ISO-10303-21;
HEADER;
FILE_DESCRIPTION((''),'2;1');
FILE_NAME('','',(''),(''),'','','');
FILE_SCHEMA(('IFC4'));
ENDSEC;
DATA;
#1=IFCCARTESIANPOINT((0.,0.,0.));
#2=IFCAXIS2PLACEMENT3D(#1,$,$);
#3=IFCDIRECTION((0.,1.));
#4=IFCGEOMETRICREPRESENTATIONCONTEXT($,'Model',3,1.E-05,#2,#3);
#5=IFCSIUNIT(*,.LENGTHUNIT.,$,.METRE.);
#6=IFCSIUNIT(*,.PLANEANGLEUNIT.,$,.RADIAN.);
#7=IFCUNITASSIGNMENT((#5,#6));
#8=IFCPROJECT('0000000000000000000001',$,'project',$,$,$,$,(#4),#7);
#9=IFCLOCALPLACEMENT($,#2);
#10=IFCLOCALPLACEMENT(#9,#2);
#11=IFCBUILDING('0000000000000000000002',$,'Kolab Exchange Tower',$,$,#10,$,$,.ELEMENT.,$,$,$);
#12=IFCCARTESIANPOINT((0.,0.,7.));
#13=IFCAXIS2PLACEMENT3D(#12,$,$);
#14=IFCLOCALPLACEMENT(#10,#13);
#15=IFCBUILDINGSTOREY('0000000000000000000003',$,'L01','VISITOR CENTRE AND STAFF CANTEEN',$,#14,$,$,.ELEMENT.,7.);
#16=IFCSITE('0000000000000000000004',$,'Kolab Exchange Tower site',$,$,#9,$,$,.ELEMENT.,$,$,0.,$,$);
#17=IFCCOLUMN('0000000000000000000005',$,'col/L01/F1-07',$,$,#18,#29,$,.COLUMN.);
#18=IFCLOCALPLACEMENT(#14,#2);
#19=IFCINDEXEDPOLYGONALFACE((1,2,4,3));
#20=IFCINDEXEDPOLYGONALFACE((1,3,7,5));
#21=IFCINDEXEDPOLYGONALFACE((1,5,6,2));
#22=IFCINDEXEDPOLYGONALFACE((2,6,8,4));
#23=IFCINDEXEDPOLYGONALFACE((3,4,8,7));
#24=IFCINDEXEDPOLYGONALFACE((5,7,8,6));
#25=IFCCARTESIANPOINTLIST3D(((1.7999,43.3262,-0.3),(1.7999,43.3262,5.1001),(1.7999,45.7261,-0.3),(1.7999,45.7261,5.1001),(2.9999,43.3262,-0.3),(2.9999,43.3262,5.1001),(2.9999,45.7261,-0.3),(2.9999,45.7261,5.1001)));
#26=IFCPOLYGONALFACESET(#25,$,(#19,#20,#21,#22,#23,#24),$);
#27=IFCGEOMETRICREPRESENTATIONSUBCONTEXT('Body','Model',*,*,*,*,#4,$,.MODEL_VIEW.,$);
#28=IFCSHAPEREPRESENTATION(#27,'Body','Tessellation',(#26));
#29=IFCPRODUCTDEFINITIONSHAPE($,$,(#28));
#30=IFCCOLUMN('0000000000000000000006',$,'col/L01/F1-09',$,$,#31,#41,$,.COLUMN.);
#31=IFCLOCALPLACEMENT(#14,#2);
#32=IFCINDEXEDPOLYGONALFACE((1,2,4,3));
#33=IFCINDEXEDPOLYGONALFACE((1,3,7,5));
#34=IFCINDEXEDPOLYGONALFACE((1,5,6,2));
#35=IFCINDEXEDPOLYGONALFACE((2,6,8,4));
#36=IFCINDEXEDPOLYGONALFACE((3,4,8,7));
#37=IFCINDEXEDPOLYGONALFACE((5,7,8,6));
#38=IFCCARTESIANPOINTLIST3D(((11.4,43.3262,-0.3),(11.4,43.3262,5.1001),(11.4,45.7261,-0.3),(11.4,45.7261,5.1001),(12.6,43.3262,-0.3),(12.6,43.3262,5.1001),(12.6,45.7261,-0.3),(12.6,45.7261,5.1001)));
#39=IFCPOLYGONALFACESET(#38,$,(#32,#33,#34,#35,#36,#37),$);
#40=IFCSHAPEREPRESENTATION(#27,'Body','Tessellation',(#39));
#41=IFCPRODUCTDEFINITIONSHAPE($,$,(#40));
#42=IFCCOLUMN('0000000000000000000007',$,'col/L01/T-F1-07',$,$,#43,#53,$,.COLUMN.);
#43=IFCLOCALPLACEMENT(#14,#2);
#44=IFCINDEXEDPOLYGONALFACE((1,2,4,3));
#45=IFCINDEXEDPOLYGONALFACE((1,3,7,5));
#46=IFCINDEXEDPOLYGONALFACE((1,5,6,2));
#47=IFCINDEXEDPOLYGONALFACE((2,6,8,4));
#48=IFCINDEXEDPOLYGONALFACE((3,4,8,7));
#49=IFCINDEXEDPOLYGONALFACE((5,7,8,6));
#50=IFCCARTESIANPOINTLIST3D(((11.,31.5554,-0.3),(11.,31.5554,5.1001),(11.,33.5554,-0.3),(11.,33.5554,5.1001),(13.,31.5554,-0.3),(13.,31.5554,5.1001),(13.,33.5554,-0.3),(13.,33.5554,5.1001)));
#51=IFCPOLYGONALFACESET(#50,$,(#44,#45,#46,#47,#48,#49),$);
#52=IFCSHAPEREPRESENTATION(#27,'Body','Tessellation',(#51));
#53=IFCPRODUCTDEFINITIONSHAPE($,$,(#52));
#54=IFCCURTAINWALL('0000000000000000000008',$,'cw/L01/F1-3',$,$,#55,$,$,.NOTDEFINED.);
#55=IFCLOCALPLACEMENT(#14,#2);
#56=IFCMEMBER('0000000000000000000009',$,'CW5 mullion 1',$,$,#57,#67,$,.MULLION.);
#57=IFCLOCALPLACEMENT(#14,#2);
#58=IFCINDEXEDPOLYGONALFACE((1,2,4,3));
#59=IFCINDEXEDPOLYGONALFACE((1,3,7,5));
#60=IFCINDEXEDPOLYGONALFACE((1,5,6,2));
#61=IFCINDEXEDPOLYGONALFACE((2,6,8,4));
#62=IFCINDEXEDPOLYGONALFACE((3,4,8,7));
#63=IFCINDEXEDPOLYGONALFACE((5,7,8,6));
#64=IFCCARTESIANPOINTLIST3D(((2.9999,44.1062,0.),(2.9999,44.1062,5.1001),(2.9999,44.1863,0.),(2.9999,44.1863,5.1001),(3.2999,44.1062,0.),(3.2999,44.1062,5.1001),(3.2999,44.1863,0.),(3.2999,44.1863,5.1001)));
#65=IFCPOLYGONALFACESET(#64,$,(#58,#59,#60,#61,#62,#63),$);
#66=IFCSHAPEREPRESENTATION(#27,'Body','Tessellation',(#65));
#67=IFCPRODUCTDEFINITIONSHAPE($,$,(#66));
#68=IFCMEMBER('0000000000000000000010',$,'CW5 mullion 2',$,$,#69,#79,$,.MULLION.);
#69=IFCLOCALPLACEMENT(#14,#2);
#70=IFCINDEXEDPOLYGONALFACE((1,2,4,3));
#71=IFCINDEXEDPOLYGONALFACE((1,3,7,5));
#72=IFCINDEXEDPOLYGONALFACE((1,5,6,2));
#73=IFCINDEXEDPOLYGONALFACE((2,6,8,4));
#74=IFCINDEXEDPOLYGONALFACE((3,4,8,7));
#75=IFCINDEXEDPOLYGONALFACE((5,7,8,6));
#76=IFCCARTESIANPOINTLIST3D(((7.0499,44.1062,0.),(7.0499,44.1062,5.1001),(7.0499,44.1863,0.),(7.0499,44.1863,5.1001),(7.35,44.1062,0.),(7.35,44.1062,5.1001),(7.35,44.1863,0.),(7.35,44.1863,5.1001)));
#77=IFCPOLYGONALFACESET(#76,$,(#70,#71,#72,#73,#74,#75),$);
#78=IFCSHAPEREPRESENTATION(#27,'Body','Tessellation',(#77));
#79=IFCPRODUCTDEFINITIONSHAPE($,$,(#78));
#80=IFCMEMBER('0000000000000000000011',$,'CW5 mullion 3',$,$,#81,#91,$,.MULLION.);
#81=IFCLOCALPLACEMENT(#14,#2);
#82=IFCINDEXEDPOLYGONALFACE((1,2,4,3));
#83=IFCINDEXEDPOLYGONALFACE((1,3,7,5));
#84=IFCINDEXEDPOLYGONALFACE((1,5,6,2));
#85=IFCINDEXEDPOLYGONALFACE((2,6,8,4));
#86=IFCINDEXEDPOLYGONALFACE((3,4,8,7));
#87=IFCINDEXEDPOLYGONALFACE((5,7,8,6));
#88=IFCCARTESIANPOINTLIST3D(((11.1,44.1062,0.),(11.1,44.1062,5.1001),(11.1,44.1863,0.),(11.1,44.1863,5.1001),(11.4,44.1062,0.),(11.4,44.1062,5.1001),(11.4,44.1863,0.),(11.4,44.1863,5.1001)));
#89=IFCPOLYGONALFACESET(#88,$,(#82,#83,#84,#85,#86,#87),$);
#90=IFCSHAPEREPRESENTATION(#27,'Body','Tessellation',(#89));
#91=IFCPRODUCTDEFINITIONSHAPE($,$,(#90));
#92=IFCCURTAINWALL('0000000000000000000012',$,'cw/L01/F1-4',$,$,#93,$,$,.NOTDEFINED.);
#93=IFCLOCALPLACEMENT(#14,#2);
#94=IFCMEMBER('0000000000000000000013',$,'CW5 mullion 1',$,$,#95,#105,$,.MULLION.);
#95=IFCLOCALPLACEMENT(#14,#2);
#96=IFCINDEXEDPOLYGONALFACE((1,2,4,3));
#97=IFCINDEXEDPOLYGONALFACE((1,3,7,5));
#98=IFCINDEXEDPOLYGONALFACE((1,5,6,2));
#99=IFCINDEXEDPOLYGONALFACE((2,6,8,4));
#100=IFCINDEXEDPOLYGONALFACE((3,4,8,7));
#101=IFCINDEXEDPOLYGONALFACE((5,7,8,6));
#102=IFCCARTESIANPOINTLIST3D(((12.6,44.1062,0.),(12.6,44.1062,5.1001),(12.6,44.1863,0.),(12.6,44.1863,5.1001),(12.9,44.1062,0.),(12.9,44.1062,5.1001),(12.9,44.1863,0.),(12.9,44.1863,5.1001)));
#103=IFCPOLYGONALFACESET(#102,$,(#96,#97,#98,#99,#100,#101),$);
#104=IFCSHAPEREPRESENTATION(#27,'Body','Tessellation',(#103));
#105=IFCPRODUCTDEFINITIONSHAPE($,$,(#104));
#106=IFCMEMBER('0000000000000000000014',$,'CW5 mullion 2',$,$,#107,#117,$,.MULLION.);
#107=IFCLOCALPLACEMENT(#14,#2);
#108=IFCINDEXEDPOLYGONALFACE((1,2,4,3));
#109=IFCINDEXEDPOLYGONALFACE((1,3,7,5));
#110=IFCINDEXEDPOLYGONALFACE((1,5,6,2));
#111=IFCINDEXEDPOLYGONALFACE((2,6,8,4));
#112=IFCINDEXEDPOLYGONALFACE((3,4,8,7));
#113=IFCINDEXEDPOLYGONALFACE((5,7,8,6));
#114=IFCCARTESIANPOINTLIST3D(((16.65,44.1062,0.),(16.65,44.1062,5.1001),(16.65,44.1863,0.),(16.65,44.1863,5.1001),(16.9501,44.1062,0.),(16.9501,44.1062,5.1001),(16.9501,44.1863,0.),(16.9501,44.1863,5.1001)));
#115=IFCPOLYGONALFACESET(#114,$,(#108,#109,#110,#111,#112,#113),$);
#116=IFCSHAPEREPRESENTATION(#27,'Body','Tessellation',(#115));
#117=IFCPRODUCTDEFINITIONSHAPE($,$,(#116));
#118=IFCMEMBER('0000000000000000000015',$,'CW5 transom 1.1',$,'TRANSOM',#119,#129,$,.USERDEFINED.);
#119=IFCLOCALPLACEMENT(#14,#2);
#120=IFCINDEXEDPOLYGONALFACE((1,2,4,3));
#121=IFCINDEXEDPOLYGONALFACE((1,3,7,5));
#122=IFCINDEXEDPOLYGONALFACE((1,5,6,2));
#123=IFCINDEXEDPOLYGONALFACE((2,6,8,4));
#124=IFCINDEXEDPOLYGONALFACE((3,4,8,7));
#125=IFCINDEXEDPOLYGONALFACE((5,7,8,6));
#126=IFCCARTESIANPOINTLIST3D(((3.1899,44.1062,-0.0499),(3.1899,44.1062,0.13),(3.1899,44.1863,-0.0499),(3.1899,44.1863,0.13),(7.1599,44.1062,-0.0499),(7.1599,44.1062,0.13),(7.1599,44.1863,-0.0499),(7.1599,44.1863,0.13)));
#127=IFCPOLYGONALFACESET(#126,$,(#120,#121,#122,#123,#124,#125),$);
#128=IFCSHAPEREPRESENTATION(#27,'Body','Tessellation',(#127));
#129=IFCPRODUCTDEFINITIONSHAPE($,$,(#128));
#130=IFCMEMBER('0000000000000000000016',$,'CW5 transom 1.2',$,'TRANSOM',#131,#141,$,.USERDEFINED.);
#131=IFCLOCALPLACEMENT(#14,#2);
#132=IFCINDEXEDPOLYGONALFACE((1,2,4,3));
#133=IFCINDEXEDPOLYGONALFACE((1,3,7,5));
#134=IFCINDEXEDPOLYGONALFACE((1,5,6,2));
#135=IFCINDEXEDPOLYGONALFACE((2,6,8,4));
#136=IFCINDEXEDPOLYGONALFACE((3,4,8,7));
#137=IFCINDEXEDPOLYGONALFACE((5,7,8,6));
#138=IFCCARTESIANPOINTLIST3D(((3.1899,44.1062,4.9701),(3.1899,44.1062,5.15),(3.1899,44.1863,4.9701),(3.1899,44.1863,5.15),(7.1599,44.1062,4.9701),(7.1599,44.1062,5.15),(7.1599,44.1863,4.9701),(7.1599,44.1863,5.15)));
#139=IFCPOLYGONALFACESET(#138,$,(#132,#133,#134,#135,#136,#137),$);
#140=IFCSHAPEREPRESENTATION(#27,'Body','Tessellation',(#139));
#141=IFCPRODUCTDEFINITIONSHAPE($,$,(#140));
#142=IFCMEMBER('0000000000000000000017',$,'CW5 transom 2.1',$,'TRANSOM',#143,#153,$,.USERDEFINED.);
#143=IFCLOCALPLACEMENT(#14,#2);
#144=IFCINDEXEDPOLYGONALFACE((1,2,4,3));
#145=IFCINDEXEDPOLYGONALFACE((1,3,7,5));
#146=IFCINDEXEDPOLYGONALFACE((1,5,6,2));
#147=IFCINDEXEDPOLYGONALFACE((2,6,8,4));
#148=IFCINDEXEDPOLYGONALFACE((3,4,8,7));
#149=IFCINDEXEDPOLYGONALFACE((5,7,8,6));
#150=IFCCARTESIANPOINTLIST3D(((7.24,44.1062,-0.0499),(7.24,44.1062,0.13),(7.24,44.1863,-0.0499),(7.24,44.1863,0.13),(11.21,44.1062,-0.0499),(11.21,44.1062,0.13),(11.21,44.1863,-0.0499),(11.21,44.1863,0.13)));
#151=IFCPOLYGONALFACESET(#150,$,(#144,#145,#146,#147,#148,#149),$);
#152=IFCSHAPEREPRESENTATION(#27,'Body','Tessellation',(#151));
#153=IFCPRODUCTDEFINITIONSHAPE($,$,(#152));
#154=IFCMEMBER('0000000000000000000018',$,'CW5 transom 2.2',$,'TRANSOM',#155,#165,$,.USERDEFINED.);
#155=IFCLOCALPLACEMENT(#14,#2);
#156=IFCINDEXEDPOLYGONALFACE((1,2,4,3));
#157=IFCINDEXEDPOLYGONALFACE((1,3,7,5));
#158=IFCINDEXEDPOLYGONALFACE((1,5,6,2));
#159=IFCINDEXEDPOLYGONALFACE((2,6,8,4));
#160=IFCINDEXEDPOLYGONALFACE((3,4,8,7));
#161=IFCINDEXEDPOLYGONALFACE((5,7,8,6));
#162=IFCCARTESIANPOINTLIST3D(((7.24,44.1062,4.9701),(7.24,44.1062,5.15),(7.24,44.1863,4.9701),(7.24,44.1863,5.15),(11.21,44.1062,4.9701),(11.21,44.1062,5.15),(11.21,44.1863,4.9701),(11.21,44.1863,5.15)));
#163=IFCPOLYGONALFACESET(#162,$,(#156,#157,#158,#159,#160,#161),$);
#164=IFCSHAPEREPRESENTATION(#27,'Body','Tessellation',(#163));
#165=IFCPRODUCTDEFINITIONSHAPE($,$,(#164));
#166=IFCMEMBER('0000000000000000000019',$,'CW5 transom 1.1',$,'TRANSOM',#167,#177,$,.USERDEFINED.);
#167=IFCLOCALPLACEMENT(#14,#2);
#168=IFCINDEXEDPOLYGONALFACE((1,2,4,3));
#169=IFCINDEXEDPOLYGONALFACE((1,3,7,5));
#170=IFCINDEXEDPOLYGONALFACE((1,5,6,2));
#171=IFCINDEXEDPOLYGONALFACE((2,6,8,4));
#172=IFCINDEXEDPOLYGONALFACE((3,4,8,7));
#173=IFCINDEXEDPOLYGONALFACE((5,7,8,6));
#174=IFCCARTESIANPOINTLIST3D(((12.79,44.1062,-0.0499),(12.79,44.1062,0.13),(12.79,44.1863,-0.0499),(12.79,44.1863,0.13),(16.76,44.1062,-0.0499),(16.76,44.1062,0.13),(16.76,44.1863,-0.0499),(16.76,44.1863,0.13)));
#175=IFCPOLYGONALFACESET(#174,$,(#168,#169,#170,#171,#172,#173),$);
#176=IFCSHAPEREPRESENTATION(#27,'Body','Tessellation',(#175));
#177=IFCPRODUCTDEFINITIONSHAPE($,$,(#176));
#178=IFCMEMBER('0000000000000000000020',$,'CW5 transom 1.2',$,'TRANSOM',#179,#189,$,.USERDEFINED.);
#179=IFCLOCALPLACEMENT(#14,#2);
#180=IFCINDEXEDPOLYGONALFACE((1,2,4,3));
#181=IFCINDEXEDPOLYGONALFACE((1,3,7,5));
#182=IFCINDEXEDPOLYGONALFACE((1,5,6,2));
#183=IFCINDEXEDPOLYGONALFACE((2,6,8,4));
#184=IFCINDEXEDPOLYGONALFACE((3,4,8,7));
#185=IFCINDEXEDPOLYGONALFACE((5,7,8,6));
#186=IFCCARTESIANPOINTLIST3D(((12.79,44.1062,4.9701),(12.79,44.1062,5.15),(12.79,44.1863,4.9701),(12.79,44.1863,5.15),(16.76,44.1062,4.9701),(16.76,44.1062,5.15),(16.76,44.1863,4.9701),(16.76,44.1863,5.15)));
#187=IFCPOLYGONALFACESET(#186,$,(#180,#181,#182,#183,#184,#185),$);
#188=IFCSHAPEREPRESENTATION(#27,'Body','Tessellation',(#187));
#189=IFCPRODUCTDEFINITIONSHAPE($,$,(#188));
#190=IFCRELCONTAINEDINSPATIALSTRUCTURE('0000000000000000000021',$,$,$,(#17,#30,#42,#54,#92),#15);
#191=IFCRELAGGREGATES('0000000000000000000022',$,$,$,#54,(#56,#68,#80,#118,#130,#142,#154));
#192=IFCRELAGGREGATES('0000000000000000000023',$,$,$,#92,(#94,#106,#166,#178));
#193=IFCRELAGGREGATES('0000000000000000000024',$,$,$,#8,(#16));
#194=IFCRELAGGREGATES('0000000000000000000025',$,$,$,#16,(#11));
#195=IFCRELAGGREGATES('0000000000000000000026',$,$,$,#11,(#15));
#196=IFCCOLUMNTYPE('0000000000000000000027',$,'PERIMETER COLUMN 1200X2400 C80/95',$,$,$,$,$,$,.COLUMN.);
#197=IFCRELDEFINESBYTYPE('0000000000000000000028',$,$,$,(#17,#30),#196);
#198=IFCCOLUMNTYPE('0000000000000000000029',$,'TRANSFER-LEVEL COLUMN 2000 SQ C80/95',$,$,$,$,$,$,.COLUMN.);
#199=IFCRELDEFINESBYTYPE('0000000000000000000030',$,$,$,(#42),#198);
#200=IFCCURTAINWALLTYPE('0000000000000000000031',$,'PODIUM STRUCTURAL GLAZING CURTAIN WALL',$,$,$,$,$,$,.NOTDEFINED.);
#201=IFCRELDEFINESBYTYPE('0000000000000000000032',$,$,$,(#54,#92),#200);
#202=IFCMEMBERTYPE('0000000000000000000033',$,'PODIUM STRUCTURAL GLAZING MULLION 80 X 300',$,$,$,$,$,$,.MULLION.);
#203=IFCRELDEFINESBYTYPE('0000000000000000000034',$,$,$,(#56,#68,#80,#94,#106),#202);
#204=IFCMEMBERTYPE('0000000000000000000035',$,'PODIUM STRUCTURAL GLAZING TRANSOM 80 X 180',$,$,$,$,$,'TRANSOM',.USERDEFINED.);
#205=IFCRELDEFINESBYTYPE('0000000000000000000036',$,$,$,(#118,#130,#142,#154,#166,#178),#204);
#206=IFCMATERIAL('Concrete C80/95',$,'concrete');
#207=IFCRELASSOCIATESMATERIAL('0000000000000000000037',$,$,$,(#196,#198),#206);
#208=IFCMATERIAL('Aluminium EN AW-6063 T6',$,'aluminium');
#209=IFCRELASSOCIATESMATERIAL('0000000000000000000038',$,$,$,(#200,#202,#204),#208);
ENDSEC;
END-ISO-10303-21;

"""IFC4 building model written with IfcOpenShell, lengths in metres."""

from ifc_helpers import new_model, si_unit, direction, frame, origin, origin_2d, place, context, subcontext, project, spatial, rectangle, extrude, material, material_profile, profile_set, type_object, element, aggregate, save


model = new_model("IFC4")

# Units and contexts
model_context = context("Model", 3, precision=1e-05, world=origin(), true_north=direction((0.0, 1.0)))
body_context = subcontext(model_context, "Body", "Model", "MODEL_VIEW")
ifc_project = project(units=[si_unit("LENGTHUNIT", "METRE"), si_unit("PLANEANGLEUNIT", "RADIAN")], contexts=[model_context])

# Site, building, storey
site_placement = place(None, origin())
site = spatial("IfcSite", under=ifc_project, at=site_placement, Name="Kolab Exchange Tower site", CompositionType="ELEMENT", RefElevation=0.0)
building_placement = place(site_placement, origin())
building = spatial("IfcBuilding", under=site, at=building_placement, Name="Kolab Exchange Tower", CompositionType="ELEMENT")
storey_placement = place(building_placement, frame((0.0, 0.0, 7.0)))
storey = spatial("IfcBuildingStorey", under=building, at=storey_placement, Name="L01", Description="VISITOR CENTRE AND STAFF CANTEEN", CompositionType="ELEMENT", Elevation=7.0)

# Columns
ifc_material_1 = material(Name="Concrete C80/95", Category="concrete")
ifc_material_profile_1 = material_profile(ifc_material_1, rectangle(XDim=1.2, YDim=2.3999, at=origin_2d()), Name="RC1200X2400")
ifc_profile_set_1 = profile_set([ifc_material_profile_1], Name="Concrete C80/95")
column_type_1 = type_object("IfcColumnType", Name="PERIMETER COLUMN 1200X2400 C80/95", PredefinedType="COLUMN", material=ifc_profile_set_1)
for number, where, z_axis, x_axis, name in (
    (1, (2.3999, 44.5261, -0.3), (0.0, 0.0, 1.0), (1.0, 0.0, 0.0), "col/L01/F1-07"),
    (2, (12.0, 44.5261, -0.3), (0.0, 0.0, 1.0), (1.0, 0.0, 0.0), "col/L01/F1-09"),
):
    element("IfcColumn", number, at=place(storey_placement, frame(where, z_axis=z_axis, x_axis=x_axis)), inside=storey, type_object=column_type_1, Name=name, PredefinedType="COLUMN", context=body_context, shape_type="SweptSolid", body=[
        extrude(rectangle(XDim=1.2, YDim=2.3999, at=origin_2d()), origin(), (0.0, 0.0, 1.0), 5.4001),
    ])
ifc_material_profile_2 = material_profile(ifc_material_1, rectangle(XDim=2.0, YDim=2.0, at=origin_2d()), Name="RC2000")
ifc_profile_set_2 = profile_set([ifc_material_profile_2], Name="Concrete C80/95")
column_type_2 = type_object("IfcColumnType", Name="TRANSFER-LEVEL COLUMN 2000 SQ C80/95", PredefinedType="COLUMN", material=ifc_profile_set_2)
column_placement = place(storey_placement, frame((12.0, 32.5554, -0.3), z_axis=(0.0, 0.0, 1.0), x_axis=(1.0, 0.0, 0.0)))
element("IfcColumn", 3, at=column_placement, inside=storey, type_object=column_type_2, Name="col/L01/T-F1-07", PredefinedType="COLUMN", context=body_context, shape_type="SweptSolid", body=[
    extrude(rectangle(XDim=2.0, YDim=2.0, at=origin_2d()), origin(), (0.0, 0.0, 1.0), 5.4001),
])

# Curtain walls, members
ifc_material_2 = material(Name="Aluminium EN AW-6063 T6", Category="aluminium")
curtain_wall_type = type_object("IfcCurtainWallType", Name="PODIUM STRUCTURAL GLAZING CURTAIN WALL", PredefinedType="NOTDEFINED", material=ifc_material_2)
curtain_wall_1_placement = place(storey_placement, origin())
curtain_wall_1 = element("IfcCurtainWall", 4, at=curtain_wall_1_placement, inside=storey, type_object=curtain_wall_type, Name="cw/L01/F1-3", PredefinedType="NOTDEFINED")
ifc_material_profile_3 = material_profile(ifc_material_2, rectangle(XDim=0.0801, YDim=0.3, at=origin_2d()), Name="RECT 80X300")
ifc_profile_set_3 = profile_set([ifc_material_profile_3], Name="Aluminium EN AW-6063 T6")
member_type_1 = type_object("IfcMemberType", Name="PODIUM STRUCTURAL GLAZING MULLION 80 X 300", PredefinedType="MULLION", material=ifc_profile_set_3)
member_1_placement = place(storey_placement, frame((3.1499, 44.1462, 0.0), z_axis=(0.0, 0.0, 1.0), x_axis=(0.0, 1.0, 0.0)))
member_1 = element("IfcMember", 5, at=member_1_placement, type_object=member_type_1, Name="CW5 mullion 1", PredefinedType="MULLION", context=body_context, shape_type="SweptSolid", body=[
    extrude(rectangle(XDim=0.0801, YDim=0.3, at=origin_2d()), origin(), (0.0, 0.0, 1.0), 5.1001),
])
member_2_placement = place(storey_placement, frame((7.2, 44.1462, 0.0), z_axis=(0.0, 0.0, 1.0), x_axis=(0.0, 1.0, 0.0)))
member_2 = element("IfcMember", 6, at=member_2_placement, type_object=member_type_1, Name="CW5 mullion 2", PredefinedType="MULLION", context=body_context, shape_type="SweptSolid", body=[
    extrude(rectangle(XDim=0.0801, YDim=0.3, at=origin_2d()), origin(), (0.0, 0.0, 1.0), 5.1001),
])
member_3_placement = place(storey_placement, frame((11.25, 44.1462, 0.0), z_axis=(0.0, 0.0, 1.0), x_axis=(0.0, 1.0, 0.0)))
member_3 = element("IfcMember", 7, at=member_3_placement, type_object=member_type_1, Name="CW5 mullion 3", PredefinedType="MULLION", context=body_context, shape_type="SweptSolid", body=[
    extrude(rectangle(XDim=0.0801, YDim=0.3, at=origin_2d()), origin(), (0.0, 0.0, 1.0), 5.1001),
])
curtain_wall_2_placement = place(storey_placement, origin())
curtain_wall_2 = element("IfcCurtainWall", 8, at=curtain_wall_2_placement, inside=storey, type_object=curtain_wall_type, Name="cw/L01/F1-4", PredefinedType="NOTDEFINED")
member_4_placement = place(storey_placement, frame((12.75, 44.1462, 0.0), z_axis=(0.0, 0.0, 1.0), x_axis=(0.0, 1.0, 0.0)))
member_4 = element("IfcMember", 9, at=member_4_placement, type_object=member_type_1, Name="CW5 mullion 1", PredefinedType="MULLION", context=body_context, shape_type="SweptSolid", body=[
    extrude(rectangle(XDim=0.0801, YDim=0.3, at=origin_2d()), origin(), (0.0, 0.0, 1.0), 5.1001),
])
member_5_placement = place(storey_placement, frame((16.8, 44.1462, 0.0), z_axis=(0.0, 0.0, 1.0), x_axis=(0.0, 1.0, 0.0)))
member_5 = element("IfcMember", 10, at=member_5_placement, type_object=member_type_1, Name="CW5 mullion 2", PredefinedType="MULLION", context=body_context, shape_type="SweptSolid", body=[
    extrude(rectangle(XDim=0.0801, YDim=0.3, at=origin_2d()), origin(), (0.0, 0.0, 1.0), 5.1001),
])

# Members
ifc_material_profile_4 = material_profile(ifc_material_2, rectangle(XDim=0.0801, YDim=0.1799, at=origin_2d()), Name="RECT 80X180")
ifc_profile_set_4 = profile_set([ifc_material_profile_4], Name="Aluminium EN AW-6063 T6")
member_type_2 = type_object("IfcMemberType", Name="PODIUM STRUCTURAL GLAZING TRANSOM 80 X 180", ElementType="TRANSOM", PredefinedType="USERDEFINED", material=ifc_profile_set_4)
member_6_placement = place(storey_placement, frame((3.1899, 44.1462, 0.04), z_axis=(1.0, 0.0, 0.0), x_axis=(0.0, 1.0, 0.0)))
member_6 = element("IfcMember", 11, at=member_6_placement, type_object=member_type_2, Name="CW5 transom 1.1", ObjectType="TRANSOM", PredefinedType="USERDEFINED", context=body_context, shape_type="SweptSolid", body=[
    extrude(rectangle(XDim=0.0801, YDim=0.1799, at=origin_2d()), origin(), (0.0, 0.0, 1.0), 3.97),
])
member_7_placement = place(storey_placement, frame((3.1899, 44.1462, 5.0601), z_axis=(1.0, 0.0, 0.0), x_axis=(0.0, 1.0, 0.0)))
member_7 = element("IfcMember", 12, at=member_7_placement, type_object=member_type_2, Name="CW5 transom 1.2", ObjectType="TRANSOM", PredefinedType="USERDEFINED", context=body_context, shape_type="SweptSolid", body=[
    extrude(rectangle(XDim=0.0801, YDim=0.1799, at=origin_2d()), origin(), (0.0, 0.0, 1.0), 3.97),
])
member_8_placement = place(storey_placement, frame((7.24, 44.1462, 0.04), z_axis=(1.0, 0.0, 0.0), x_axis=(0.0, 1.0, 0.0)))
member_8 = element("IfcMember", 13, at=member_8_placement, type_object=member_type_2, Name="CW5 transom 2.1", ObjectType="TRANSOM", PredefinedType="USERDEFINED", context=body_context, shape_type="SweptSolid", body=[
    extrude(rectangle(XDim=0.0801, YDim=0.1799, at=origin_2d()), origin(), (0.0, 0.0, 1.0), 3.97),
])
member_9_placement = place(storey_placement, frame((7.24, 44.1462, 5.0601), z_axis=(1.0, 0.0, 0.0), x_axis=(0.0, 1.0, 0.0)))
member_9 = element("IfcMember", 14, at=member_9_placement, type_object=member_type_2, Name="CW5 transom 2.2", ObjectType="TRANSOM", PredefinedType="USERDEFINED", context=body_context, shape_type="SweptSolid", body=[
    extrude(rectangle(XDim=0.0801, YDim=0.1799, at=origin_2d()), origin(), (0.0, 0.0, 1.0), 3.97),
])
member_10_placement = place(storey_placement, frame((12.79, 44.1462, 0.04), z_axis=(1.0, 0.0, 0.0), x_axis=(0.0, 1.0, 0.0)))
member_10 = element("IfcMember", 15, at=member_10_placement, type_object=member_type_2, Name="CW5 transom 1.1", ObjectType="TRANSOM", PredefinedType="USERDEFINED", context=body_context, shape_type="SweptSolid", body=[
    extrude(rectangle(XDim=0.0801, YDim=0.1799, at=origin_2d()), origin(), (0.0, 0.0, 1.0), 3.97),
])
member_11_placement = place(storey_placement, frame((12.79, 44.1462, 5.0601), z_axis=(1.0, 0.0, 0.0), x_axis=(0.0, 1.0, 0.0)))
member_11 = element("IfcMember", 16, at=member_11_placement, type_object=member_type_2, Name="CW5 transom 1.2", ObjectType="TRANSOM", PredefinedType="USERDEFINED", context=body_context, shape_type="SweptSolid", body=[
    extrude(rectangle(XDim=0.0801, YDim=0.1799, at=origin_2d()), origin(), (0.0, 0.0, 1.0), 3.97),
])

aggregate(curtain_wall_1, [member_1, member_2, member_3, member_6, member_7, member_8, member_9])
aggregate(curtain_wall_2, [member_4, member_5, member_10, member_11])

save(model, "model.ifc")
